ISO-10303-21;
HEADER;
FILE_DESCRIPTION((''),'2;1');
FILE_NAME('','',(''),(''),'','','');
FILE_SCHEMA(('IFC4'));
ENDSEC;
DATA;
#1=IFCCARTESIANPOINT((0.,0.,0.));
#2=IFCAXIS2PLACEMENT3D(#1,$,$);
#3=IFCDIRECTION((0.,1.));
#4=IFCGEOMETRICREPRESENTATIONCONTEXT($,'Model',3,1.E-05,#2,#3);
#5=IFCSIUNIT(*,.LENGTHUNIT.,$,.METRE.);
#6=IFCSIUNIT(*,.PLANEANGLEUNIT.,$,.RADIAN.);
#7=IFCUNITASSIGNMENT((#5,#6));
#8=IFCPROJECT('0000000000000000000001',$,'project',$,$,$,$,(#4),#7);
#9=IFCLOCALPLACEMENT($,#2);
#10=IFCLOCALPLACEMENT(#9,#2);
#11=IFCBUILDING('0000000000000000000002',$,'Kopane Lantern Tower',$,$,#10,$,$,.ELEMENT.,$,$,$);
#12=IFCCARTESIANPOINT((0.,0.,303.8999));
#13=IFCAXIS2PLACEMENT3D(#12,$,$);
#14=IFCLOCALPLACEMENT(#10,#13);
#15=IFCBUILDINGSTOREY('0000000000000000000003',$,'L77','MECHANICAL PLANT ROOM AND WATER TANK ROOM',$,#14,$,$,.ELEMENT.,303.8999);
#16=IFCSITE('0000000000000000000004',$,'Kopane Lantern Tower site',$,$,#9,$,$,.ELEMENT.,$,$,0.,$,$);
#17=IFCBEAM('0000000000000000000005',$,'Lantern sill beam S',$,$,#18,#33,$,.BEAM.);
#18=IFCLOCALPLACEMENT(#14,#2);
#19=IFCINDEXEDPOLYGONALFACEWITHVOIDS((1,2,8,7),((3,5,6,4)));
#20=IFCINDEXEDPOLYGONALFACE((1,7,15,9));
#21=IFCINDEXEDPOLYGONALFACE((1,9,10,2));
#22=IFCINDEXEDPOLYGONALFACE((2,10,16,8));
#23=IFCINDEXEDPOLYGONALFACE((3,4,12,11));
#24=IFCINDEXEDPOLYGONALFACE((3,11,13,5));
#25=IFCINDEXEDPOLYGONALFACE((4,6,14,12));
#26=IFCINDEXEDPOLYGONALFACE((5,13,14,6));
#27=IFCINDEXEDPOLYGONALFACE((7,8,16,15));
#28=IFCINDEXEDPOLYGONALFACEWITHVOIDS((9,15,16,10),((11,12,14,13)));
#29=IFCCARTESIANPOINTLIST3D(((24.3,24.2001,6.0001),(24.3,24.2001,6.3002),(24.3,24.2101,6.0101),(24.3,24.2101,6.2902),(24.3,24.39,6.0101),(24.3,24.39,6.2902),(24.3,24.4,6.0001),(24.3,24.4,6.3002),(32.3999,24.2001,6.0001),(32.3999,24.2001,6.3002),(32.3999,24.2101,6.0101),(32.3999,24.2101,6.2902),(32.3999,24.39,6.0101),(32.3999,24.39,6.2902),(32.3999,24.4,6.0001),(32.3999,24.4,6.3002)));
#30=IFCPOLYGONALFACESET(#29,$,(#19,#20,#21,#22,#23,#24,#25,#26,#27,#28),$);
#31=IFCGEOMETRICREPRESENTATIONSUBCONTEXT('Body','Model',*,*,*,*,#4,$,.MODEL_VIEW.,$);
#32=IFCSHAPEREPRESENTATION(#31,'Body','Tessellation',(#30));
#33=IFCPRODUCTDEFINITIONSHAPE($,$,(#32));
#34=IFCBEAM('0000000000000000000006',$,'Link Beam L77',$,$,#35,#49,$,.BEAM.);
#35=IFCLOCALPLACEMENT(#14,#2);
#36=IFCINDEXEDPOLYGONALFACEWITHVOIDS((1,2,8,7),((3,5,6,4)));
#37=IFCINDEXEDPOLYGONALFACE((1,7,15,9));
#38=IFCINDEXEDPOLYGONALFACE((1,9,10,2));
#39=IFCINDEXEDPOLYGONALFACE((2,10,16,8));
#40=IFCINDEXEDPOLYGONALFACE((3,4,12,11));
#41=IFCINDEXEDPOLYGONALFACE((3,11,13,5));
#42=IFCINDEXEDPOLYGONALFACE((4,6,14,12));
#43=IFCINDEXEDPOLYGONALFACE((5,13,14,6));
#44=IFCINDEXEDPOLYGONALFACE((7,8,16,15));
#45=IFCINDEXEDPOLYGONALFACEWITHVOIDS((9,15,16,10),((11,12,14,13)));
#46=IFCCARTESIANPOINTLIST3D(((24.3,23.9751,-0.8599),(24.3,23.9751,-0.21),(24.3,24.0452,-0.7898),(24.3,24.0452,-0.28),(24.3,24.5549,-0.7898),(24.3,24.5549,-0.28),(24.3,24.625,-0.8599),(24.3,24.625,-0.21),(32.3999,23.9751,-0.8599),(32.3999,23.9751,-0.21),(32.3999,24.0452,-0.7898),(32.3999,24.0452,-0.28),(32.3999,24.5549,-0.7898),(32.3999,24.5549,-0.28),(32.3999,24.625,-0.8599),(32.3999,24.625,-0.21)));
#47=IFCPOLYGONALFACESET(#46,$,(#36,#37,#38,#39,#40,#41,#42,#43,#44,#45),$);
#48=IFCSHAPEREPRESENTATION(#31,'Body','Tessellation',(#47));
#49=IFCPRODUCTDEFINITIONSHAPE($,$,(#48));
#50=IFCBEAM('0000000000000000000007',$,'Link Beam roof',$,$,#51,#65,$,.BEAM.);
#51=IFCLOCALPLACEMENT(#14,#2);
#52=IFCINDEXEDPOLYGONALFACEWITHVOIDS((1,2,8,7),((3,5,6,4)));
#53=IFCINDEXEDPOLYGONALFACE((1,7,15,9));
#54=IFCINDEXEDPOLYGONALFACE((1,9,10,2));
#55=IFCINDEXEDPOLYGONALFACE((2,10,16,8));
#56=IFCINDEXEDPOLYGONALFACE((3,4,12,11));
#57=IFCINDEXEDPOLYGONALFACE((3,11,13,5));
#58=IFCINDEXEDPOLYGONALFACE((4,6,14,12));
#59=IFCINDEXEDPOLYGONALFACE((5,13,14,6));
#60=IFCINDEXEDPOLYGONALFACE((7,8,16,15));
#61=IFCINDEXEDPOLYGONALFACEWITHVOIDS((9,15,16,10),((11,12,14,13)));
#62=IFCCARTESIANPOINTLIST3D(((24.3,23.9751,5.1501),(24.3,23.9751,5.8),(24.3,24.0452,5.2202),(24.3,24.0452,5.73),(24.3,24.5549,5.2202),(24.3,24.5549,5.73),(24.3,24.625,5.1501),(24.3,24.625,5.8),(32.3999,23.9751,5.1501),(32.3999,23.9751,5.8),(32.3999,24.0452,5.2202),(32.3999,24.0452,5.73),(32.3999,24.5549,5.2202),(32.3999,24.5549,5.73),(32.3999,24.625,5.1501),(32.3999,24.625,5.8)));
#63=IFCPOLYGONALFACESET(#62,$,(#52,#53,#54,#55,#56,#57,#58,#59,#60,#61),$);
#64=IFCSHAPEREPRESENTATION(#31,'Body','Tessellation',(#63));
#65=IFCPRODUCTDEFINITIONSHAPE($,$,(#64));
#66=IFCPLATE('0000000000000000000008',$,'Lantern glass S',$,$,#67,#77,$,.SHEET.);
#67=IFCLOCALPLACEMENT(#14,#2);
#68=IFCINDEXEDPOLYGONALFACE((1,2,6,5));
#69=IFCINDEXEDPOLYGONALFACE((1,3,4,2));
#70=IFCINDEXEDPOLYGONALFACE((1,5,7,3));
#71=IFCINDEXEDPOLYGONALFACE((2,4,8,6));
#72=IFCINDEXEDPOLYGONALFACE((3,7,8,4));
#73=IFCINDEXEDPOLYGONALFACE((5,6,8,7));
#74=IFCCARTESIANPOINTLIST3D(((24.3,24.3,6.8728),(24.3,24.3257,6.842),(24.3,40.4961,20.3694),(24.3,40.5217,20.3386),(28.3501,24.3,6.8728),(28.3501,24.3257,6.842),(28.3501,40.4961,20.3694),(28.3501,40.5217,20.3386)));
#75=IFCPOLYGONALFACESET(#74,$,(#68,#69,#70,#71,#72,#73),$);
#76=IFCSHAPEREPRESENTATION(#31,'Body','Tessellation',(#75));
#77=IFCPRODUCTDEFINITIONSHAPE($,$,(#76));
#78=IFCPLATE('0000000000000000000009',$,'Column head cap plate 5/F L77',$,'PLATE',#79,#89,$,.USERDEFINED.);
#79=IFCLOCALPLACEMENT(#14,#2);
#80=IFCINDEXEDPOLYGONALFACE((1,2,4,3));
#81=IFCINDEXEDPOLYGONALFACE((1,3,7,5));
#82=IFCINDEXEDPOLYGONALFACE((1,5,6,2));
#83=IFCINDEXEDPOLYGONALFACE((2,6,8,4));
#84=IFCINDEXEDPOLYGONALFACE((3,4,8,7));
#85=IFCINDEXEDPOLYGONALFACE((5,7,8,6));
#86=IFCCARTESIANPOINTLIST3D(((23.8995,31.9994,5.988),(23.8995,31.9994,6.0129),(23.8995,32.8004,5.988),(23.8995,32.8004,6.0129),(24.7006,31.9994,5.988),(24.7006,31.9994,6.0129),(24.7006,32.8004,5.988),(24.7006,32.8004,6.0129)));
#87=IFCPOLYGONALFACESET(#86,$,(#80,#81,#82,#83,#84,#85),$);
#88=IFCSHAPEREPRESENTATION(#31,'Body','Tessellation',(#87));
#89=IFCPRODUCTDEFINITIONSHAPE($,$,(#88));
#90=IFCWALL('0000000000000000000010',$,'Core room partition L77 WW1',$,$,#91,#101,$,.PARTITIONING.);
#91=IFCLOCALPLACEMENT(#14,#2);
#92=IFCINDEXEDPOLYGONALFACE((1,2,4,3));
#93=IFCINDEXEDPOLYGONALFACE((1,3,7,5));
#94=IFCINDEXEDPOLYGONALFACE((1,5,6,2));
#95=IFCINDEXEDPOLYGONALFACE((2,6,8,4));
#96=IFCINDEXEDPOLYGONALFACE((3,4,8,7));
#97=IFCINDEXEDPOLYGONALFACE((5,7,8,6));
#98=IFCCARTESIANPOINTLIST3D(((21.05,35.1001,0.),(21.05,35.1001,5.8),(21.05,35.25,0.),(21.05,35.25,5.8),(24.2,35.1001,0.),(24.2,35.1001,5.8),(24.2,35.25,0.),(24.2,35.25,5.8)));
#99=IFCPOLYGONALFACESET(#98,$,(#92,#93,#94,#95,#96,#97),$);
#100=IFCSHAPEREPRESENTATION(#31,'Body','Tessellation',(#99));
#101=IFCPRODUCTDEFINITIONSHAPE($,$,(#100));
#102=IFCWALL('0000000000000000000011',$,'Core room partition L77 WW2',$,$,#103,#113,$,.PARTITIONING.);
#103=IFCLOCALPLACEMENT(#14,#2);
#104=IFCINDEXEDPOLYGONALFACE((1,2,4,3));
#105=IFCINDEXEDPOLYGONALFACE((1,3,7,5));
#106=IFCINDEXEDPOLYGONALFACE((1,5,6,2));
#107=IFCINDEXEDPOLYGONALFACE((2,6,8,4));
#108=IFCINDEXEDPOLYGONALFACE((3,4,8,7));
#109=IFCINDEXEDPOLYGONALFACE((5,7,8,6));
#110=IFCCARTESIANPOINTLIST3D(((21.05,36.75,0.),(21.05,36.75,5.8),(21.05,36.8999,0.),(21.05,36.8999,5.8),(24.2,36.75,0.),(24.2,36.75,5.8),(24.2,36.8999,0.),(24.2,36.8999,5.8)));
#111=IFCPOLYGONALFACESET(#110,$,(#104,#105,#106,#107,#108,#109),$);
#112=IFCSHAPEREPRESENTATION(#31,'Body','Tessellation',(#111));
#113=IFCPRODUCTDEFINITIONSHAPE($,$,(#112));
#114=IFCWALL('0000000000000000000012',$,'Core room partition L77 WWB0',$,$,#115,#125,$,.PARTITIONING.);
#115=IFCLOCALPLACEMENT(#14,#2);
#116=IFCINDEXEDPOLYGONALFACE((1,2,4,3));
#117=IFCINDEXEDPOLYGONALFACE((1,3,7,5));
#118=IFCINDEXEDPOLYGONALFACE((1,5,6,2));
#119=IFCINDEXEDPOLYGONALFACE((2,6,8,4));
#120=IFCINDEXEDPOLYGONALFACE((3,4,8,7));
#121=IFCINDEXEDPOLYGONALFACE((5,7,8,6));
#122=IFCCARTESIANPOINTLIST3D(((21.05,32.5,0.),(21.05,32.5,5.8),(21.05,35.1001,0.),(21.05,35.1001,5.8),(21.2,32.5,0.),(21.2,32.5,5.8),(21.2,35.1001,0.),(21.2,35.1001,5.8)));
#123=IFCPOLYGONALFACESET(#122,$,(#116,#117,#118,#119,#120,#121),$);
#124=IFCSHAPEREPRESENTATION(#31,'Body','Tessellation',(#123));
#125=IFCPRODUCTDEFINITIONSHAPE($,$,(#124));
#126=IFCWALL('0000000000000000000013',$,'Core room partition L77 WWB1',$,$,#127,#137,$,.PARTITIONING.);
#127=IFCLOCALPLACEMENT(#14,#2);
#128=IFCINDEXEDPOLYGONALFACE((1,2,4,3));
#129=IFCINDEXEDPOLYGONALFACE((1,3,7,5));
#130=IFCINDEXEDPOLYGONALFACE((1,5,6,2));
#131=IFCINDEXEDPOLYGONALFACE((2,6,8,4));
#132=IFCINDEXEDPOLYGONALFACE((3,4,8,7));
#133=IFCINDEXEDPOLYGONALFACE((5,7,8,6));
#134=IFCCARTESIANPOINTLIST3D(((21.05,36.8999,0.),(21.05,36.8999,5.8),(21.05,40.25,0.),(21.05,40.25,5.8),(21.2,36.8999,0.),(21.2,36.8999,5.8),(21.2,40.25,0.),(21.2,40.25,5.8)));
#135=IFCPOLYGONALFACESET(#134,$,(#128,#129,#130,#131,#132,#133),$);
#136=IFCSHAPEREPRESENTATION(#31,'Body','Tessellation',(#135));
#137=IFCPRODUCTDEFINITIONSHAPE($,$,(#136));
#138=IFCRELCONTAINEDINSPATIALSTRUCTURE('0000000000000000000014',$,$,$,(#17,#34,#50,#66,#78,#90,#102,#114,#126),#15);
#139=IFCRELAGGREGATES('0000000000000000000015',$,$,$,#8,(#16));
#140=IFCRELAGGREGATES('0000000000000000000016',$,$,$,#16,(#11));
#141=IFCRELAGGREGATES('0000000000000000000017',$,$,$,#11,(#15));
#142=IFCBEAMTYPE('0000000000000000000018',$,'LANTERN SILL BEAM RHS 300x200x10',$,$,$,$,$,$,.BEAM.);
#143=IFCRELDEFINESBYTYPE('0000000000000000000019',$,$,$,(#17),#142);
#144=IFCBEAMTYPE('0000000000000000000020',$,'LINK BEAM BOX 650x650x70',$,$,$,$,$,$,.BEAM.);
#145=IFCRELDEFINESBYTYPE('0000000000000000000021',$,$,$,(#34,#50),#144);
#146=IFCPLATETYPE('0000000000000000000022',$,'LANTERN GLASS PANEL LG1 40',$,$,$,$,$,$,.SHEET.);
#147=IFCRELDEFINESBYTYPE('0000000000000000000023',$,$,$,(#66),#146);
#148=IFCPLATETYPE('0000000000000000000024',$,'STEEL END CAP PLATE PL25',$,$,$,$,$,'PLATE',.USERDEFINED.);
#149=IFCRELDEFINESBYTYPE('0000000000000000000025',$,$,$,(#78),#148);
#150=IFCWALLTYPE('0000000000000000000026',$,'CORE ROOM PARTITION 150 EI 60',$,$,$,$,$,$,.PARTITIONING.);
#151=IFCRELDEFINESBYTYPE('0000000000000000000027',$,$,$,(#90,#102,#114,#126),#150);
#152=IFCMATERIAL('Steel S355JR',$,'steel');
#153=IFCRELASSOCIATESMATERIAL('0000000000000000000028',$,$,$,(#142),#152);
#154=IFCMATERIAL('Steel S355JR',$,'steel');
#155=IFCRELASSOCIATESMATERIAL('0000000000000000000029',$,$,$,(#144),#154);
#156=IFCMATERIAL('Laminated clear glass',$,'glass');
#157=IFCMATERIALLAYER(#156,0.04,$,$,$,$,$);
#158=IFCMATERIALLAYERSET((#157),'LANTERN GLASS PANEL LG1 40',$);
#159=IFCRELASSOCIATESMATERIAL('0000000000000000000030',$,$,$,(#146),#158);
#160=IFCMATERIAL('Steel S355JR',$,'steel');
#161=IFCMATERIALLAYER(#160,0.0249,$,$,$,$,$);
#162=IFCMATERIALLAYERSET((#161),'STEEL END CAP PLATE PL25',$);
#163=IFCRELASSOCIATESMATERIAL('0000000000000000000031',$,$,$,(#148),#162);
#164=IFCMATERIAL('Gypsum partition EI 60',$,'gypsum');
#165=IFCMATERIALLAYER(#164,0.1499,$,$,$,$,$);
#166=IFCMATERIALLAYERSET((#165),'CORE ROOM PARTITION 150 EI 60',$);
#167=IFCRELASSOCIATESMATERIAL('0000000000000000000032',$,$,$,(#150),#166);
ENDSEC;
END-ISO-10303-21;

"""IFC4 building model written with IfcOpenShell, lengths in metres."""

from ifc_helpers import new_model, si_unit, direction, frame, frame_2d, origin, origin_2d, place, context, subcontext, project, spatial, polyline, rectangle, hollow_rectangle, outline, extrude, material, layer, layer_set, material_profile, profile_set, type_object, element, save


model = new_model("IFC4")

# Units and contexts
model_context = context("Model", 3, precision=1e-05, world=origin(), true_north=direction((0.0, 1.0)))
body_context = subcontext(model_context, "Body", "Model", "MODEL_VIEW")
ifc_project = project(units=[si_unit("LENGTHUNIT", "METRE"), si_unit("PLANEANGLEUNIT", "RADIAN")], contexts=[model_context])

# Site, building, storey
site_placement = place(None, origin())
site = spatial("IfcSite", under=ifc_project, at=site_placement, Name="Kopane Lantern Tower site", CompositionType="ELEMENT", RefElevation=0.0)
building_placement = place(site_placement, origin())
building = spatial("IfcBuilding", under=site, at=building_placement, Name="Kopane Lantern Tower", CompositionType="ELEMENT")
storey_placement = place(building_placement, frame((0.0, 0.0, 303.8999)))
storey = spatial("IfcBuildingStorey", under=building, at=storey_placement, Name="L77", Description="MECHANICAL PLANT ROOM AND WATER TANK ROOM", CompositionType="ELEMENT", Elevation=303.8999)

# Beams
ifc_material_1 = material(Name="Steel S355JR", Category="steel")
ifc_material_profile_1 = material_profile(ifc_material_1, hollow_rectangle(XDim=0.2, YDim=0.3, WallThickness=0.01, at=origin_2d()), Name="RHS 300x200x10")
ifc_profile_set_1 = profile_set([ifc_material_profile_1], Name="Steel S355JR")
beam_type_1 = type_object("IfcBeamType", Name="LANTERN SILL BEAM RHS 300x200x10", PredefinedType="BEAM", material=ifc_profile_set_1)
beam_1_placement = place(storey_placement, frame((24.3, 24.3, 6.1501), z_axis=(1.0, 0.0, 0.0), x_axis=(0.0, 1.0, 0.0)))
element("IfcBeam", 1, at=beam_1_placement, inside=storey, type_object=beam_type_1, Name="Lantern sill beam S", PredefinedType="BEAM", context=body_context, shape_type="SweptSolid", body=[
    extrude(hollow_rectangle(XDim=0.2, YDim=0.3, WallThickness=0.01, at=origin_2d()), origin(), (0.0, 0.0, 1.0), 8.0999),
])
ifc_material_2 = material(Name="Steel S355JR", Category="steel")
ifc_material_profile_2 = material_profile(ifc_material_2, hollow_rectangle(XDim=0.6499, YDim=0.6499, WallThickness=0.0701, at=origin_2d()), Name="BOX 650x650x70")
ifc_profile_set_2 = profile_set([ifc_material_profile_2], Name="Steel S355JR")
beam_type_2 = type_object("IfcBeamType", Name="LINK BEAM BOX 650x650x70", PredefinedType="BEAM", material=ifc_profile_set_2)
for number, where, z_axis, x_axis, name in (
    (2, (24.3, 24.3, -0.5349), (1.0, 0.0, 0.0), (0.0, 1.0, 0.0), "Link Beam L77"),
    (3, (24.3, 24.3, 5.4751), (1.0, 0.0, 0.0), (0.0, 1.0, 0.0), "Link Beam roof"),
):
    element("IfcBeam", number, at=place(storey_placement, frame(where, z_axis=z_axis, x_axis=x_axis)), inside=storey, type_object=beam_type_2, Name=name, PredefinedType="BEAM", context=body_context, shape_type="SweptSolid", body=[
        extrude(hollow_rectangle(XDim=0.6499, YDim=0.6499, WallThickness=0.0701, at=origin_2d()), origin(), (0.0, 0.0, 1.0), 8.0999),
    ])

# Plates
ifc_material_3 = material(Name="Laminated clear glass", Category="glass")
ifc_layer_1 = layer(ifc_material_3, 0.04)
ifc_layer_set_1 = layer_set([ifc_layer_1], Name="LANTERN GLASS PANEL LG1 40")
plate_type_1 = type_object("IfcPlateType", Name="LANTERN GLASS PANEL LG1 40", PredefinedType="SHEET", material=ifc_layer_set_1)
plate_1_placement = place(storey_placement, frame((24.3, 24.3, 6.8728), z_axis=(0.0, -0.640181, 0.768224), x_axis=(1.0, 0.0, 0.0)))
element("IfcPlate", 4, at=plate_1_placement, inside=storey, type_object=plate_type_1, Name="Lantern glass S", PredefinedType="SHEET", context=body_context, shape_type="SweptSolid", body=[
    extrude(outline(polyline([(0.0, 0.0), (4.05, 0.0), (4.05, 21.0824), (0.0, 21.0824), (0.0, 0.0)])), origin(), (0.0, 0.0, -1.0), 0.04),
])
ifc_material_4 = material(Name="Steel S355JR", Category="steel")
ifc_layer_2 = layer(ifc_material_4, 0.0249)
ifc_layer_set_2 = layer_set([ifc_layer_2], Name="STEEL END CAP PLATE PL25")
plate_type_2 = type_object("IfcPlateType", Name="STEEL END CAP PLATE PL25", ElementType="PLATE", PredefinedType="USERDEFINED", material=ifc_layer_set_2)
plate_2_placement = place(storey_placement, frame((24.3, 32.3999, 5.988), z_axis=(0.0, 0.0, 1.0), x_axis=(1.0, 0.0, 0.0)))
element("IfcPlate", 5, at=plate_2_placement, inside=storey, type_object=plate_type_2, Name="Column head cap plate 5/F L77", ObjectType="PLATE", PredefinedType="USERDEFINED", context=body_context, shape_type="SweptSolid", body=[
    extrude(rectangle(XDim=0.801, YDim=0.801, at=origin_2d()), origin(), (0.0, 0.0, 1.0), 0.0249),
])

# Walls
ifc_material_5 = material(Name="Gypsum partition EI 60", Category="gypsum")
ifc_layer_3 = layer(ifc_material_5, 0.1499)
ifc_layer_set_3 = layer_set([ifc_layer_3], Name="CORE ROOM PARTITION 150 EI 60")
wall_type_1 = type_object("IfcWallType", Name="CORE ROOM PARTITION 150 EI 60", PredefinedType="PARTITIONING", material=ifc_layer_set_3)
for number, where, z_axis, x_axis, name in (
    (6, (21.05, 35.175, 0.0), (0.0, 0.0, 1.0), (1.0, 0.0, 0.0), "Core room partition L77 WW1"),
    (7, (21.05, 36.825, 0.0), (0.0, 0.0, 1.0), (1.0, 0.0, 0.0), "Core room partition L77 WW2"),
):
    element("IfcWall", number, at=place(storey_placement, frame(where, z_axis=z_axis, x_axis=x_axis)), inside=storey, type_object=wall_type_1, Name=name, PredefinedType="PARTITIONING", context=body_context, shape_type="SweptSolid", body=[
        extrude(rectangle(XDim=3.1499, YDim=0.1499, at=frame_2d((1.575, 0.0))), origin(), (0.0, 0.0, 1.0), 5.8),
    ])
wall_1_placement = place(storey_placement, frame((21.125, 32.5, 0.0), z_axis=(0.0, 0.0, 1.0), x_axis=(0.0, 1.0, 0.0)))
element("IfcWall", 8, at=wall_1_placement, inside=storey, type_object=wall_type_1, Name="Core room partition L77 WWB0", PredefinedType="PARTITIONING", context=body_context, shape_type="SweptSolid", body=[
    extrude(rectangle(XDim=2.6001, YDim=0.1499, at=frame_2d((1.3, 0.0))), origin(), (0.0, 0.0, 1.0), 5.8),
])
wall_2_placement = place(storey_placement, frame((21.125, 36.8999, 0.0), z_axis=(0.0, 0.0, 1.0), x_axis=(0.0, 1.0, 0.0)))
element("IfcWall", 9, at=wall_2_placement, inside=storey, type_object=wall_type_1, Name="Core room partition L77 WWB1", PredefinedType="PARTITIONING", context=body_context, shape_type="SweptSolid", body=[
    extrude(rectangle(XDim=3.3501, YDim=0.1499, at=frame_2d((1.675, 0.0))), origin(), (0.0, 0.0, 1.0), 5.8),
])

save(model, "model.ifc")
